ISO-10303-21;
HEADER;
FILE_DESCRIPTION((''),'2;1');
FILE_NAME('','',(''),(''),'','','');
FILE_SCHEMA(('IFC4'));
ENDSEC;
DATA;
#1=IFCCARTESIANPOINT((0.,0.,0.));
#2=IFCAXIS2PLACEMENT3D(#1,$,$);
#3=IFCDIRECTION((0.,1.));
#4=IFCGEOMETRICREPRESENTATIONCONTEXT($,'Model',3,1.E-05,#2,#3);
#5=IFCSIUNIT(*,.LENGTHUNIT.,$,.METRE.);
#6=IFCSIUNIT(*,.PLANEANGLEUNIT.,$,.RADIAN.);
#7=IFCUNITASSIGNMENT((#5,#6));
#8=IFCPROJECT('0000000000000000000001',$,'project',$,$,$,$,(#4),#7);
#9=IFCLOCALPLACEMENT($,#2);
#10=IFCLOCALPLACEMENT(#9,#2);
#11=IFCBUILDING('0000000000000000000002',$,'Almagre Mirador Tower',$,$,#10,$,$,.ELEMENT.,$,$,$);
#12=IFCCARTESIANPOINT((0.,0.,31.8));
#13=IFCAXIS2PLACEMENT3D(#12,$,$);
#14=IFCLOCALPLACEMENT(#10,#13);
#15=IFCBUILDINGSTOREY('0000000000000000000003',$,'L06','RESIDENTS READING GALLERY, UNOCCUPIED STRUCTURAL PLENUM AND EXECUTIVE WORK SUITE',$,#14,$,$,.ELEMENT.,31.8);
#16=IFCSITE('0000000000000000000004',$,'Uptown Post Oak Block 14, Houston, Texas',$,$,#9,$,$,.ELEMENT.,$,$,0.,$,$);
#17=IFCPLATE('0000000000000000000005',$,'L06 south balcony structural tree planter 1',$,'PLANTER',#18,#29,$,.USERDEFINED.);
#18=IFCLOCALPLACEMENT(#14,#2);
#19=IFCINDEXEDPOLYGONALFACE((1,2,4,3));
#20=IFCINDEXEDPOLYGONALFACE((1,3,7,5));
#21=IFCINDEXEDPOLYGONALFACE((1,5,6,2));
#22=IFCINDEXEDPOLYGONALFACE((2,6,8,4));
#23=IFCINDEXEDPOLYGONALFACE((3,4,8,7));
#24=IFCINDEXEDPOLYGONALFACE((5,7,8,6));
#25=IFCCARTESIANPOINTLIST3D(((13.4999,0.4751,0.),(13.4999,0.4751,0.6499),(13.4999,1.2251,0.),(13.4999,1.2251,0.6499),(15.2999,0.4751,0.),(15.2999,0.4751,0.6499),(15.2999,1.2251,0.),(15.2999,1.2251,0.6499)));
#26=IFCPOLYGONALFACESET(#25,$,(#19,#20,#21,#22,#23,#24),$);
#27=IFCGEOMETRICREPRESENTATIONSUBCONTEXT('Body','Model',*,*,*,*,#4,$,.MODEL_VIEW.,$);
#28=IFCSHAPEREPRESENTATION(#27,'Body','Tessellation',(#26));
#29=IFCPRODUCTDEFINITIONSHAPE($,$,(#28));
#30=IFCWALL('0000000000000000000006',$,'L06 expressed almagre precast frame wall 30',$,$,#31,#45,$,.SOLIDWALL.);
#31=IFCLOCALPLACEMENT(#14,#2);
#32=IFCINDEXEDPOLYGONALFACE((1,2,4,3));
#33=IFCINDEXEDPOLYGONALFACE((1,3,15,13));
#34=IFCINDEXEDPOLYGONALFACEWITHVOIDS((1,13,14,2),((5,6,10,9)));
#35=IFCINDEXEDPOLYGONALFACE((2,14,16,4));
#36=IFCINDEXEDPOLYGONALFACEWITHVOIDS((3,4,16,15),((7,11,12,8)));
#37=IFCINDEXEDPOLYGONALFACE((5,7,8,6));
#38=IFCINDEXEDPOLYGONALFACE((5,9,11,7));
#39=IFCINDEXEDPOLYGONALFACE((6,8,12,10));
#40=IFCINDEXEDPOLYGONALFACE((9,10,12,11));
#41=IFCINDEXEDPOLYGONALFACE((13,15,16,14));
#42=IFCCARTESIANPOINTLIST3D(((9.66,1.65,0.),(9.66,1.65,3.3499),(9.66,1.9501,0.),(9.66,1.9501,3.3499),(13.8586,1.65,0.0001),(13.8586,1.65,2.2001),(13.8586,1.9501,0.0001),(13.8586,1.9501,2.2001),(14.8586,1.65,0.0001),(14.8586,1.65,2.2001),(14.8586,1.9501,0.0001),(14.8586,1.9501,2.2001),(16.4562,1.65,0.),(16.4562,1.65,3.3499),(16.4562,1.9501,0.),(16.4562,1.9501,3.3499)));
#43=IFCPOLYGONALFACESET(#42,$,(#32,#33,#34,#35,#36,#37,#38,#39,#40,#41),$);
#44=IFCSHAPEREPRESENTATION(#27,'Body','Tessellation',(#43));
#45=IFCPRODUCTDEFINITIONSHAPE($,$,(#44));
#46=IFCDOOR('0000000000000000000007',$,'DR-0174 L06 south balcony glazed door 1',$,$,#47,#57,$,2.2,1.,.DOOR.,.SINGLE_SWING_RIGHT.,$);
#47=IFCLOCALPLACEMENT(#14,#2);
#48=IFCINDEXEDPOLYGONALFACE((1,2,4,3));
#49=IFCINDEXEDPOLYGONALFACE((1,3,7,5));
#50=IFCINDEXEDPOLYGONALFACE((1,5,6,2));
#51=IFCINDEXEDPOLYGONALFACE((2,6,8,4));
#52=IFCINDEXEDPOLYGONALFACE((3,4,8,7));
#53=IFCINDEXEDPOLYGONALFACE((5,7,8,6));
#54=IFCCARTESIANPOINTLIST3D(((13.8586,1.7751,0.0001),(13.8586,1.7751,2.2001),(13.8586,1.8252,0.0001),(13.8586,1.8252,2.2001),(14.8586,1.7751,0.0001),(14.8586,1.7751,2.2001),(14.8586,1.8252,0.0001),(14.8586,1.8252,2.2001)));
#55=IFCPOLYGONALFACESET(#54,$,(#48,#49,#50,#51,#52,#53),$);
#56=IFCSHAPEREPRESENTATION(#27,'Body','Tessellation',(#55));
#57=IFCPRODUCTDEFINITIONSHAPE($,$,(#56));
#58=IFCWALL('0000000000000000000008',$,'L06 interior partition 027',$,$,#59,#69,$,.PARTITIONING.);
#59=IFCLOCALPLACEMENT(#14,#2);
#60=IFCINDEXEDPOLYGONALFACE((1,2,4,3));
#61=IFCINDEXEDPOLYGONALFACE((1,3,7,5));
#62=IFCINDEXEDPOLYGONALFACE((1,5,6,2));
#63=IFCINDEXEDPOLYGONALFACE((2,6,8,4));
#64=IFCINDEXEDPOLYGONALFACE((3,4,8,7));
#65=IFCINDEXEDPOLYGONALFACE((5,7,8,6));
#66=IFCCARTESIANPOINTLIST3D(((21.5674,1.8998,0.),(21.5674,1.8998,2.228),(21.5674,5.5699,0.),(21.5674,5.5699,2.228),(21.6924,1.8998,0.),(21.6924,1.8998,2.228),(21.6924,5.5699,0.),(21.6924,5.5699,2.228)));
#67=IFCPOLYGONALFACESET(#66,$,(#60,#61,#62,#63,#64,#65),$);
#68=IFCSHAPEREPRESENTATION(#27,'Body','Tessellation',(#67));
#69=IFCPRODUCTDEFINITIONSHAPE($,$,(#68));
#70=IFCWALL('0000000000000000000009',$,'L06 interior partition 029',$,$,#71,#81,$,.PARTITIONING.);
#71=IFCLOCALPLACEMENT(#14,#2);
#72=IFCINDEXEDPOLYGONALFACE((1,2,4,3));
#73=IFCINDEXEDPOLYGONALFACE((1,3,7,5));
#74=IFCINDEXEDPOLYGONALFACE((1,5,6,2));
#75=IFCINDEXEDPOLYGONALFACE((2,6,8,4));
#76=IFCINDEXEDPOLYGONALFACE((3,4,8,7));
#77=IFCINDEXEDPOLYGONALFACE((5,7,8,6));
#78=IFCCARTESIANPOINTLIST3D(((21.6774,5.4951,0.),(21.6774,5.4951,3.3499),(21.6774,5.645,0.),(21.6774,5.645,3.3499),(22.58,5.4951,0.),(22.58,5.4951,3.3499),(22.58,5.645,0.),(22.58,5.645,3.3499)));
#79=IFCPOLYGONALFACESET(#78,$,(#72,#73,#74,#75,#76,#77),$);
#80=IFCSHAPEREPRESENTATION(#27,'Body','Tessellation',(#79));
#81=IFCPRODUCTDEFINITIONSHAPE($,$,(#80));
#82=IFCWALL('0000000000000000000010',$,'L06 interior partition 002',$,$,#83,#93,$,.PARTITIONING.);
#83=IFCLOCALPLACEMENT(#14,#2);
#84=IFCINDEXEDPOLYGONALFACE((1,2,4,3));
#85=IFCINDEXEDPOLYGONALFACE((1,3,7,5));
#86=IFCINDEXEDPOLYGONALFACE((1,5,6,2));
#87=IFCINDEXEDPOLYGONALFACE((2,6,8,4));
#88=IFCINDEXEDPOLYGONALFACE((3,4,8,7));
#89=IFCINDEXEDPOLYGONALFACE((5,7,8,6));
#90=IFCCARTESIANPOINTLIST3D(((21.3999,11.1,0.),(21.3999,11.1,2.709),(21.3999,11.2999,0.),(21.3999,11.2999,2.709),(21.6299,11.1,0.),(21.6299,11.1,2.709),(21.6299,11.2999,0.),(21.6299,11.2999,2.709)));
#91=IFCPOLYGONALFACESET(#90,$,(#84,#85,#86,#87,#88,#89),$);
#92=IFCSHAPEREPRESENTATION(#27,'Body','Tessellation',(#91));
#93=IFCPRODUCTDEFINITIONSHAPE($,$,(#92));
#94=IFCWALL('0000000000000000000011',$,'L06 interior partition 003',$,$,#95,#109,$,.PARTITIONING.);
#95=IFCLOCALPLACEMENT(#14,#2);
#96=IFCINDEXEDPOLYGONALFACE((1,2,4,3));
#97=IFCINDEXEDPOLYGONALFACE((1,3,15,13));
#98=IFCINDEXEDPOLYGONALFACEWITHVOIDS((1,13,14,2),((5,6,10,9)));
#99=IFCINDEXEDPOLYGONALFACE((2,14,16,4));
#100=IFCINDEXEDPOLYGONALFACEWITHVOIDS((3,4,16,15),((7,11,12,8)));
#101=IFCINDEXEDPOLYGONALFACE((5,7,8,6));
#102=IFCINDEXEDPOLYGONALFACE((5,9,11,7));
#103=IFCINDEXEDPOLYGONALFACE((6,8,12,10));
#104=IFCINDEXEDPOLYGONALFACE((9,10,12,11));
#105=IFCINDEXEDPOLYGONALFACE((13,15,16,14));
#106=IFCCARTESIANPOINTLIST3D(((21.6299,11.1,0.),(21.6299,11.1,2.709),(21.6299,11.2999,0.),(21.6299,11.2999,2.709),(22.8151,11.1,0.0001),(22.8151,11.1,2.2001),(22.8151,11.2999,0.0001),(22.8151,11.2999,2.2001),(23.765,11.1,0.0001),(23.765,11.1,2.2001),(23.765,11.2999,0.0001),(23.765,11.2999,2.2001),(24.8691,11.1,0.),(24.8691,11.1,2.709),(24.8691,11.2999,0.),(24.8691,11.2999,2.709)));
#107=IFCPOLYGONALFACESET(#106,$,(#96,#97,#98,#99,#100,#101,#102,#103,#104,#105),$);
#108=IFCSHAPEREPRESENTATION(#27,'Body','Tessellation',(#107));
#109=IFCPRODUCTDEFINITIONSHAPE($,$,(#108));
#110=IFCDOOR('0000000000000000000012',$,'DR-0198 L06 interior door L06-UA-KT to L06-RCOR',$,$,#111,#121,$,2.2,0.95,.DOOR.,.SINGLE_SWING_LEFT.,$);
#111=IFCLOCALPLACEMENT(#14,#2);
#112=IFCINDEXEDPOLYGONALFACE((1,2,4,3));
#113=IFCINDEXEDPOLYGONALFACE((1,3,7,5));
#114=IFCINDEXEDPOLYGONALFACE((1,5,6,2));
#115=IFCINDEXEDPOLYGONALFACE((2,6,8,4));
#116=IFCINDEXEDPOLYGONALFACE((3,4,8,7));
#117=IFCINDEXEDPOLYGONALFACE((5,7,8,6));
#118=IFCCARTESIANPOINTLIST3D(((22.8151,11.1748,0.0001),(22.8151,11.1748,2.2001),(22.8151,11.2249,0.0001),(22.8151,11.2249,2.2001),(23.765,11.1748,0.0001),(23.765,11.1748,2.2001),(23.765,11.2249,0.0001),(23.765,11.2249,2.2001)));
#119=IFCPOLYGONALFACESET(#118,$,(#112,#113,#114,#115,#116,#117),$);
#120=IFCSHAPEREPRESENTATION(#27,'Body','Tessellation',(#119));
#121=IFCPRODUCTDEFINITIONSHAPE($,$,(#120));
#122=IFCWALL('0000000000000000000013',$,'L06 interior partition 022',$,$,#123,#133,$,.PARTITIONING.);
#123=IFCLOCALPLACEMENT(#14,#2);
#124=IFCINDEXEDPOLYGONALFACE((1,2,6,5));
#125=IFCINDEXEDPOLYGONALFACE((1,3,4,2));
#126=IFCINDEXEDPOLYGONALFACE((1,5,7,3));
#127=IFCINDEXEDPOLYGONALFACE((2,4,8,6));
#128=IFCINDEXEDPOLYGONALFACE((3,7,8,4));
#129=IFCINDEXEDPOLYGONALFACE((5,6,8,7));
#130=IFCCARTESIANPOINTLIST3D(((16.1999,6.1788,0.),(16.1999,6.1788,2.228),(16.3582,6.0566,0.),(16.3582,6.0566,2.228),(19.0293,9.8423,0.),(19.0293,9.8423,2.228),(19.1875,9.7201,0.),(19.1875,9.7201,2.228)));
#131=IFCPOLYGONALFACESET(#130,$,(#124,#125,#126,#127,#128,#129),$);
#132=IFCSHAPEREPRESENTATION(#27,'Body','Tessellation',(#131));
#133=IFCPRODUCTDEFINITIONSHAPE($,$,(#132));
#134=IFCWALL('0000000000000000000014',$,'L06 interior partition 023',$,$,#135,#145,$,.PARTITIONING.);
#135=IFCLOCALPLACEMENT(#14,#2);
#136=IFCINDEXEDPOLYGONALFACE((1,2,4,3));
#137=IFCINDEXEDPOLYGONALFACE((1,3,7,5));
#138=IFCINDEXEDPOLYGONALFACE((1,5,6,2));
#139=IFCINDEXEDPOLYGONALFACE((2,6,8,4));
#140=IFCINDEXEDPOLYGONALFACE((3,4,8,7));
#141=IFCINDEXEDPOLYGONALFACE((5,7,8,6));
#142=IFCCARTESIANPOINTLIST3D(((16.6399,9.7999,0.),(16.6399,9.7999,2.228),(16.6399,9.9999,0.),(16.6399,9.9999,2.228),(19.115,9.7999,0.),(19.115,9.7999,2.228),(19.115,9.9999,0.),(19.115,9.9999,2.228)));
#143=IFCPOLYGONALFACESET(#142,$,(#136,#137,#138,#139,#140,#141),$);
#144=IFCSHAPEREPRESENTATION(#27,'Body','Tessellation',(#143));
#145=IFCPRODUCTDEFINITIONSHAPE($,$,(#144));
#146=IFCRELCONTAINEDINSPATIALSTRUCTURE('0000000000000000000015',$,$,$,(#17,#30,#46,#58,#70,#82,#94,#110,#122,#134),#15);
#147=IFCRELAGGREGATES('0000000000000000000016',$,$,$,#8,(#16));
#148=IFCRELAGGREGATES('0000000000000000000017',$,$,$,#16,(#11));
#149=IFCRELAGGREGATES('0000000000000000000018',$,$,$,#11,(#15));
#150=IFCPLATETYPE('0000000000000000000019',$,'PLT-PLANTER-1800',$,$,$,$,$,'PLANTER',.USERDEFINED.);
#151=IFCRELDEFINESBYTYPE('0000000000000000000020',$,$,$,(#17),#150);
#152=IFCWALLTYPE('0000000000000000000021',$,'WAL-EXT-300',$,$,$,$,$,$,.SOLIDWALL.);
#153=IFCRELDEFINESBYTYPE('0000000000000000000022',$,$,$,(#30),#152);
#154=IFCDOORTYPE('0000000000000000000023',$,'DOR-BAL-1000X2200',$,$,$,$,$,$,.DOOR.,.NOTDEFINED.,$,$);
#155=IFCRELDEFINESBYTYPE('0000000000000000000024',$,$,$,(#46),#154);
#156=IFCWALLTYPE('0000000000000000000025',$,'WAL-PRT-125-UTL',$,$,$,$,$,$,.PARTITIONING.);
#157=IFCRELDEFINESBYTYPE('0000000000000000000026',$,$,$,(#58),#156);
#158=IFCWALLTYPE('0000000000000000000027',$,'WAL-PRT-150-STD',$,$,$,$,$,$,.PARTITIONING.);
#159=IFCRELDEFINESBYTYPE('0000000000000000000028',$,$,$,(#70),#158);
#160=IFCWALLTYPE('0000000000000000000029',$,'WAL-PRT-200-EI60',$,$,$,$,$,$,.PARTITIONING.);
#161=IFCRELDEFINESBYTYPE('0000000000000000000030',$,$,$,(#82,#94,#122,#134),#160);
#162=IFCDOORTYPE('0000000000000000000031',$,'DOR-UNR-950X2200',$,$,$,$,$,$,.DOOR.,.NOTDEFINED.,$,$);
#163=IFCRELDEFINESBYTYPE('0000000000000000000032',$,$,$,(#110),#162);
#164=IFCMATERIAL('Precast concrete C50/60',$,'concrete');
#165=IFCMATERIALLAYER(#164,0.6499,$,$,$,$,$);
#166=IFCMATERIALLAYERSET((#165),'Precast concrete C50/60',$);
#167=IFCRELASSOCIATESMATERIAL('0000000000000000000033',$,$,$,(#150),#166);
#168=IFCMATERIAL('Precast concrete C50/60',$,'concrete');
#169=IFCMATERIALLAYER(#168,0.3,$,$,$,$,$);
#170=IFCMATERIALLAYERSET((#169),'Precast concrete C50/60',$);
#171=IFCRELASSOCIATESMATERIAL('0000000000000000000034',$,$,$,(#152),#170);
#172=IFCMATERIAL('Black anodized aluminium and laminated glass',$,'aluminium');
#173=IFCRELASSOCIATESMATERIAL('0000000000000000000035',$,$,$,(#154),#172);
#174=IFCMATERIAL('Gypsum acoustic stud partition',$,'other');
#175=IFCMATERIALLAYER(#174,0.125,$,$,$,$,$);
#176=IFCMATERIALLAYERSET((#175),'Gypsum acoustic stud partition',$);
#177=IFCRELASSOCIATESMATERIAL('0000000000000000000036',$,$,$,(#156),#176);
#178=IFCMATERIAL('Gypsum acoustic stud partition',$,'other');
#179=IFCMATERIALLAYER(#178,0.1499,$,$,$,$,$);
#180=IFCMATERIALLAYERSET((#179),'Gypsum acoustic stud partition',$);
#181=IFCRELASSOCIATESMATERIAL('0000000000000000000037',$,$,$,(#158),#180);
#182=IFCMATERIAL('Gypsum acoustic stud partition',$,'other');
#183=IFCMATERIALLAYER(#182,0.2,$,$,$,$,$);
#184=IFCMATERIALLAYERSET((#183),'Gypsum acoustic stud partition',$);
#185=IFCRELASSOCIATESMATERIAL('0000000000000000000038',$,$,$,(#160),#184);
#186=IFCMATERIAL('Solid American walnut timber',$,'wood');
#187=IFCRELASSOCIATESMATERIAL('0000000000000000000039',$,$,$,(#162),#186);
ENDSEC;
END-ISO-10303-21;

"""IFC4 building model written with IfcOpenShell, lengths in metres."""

from ifc_helpers import new_model, si_unit, direction, frame, frame_2d, origin, origin_2d, place, context, subcontext, project, spatial, rectangle, extrude, material, layer, layer_set, type_object, element, fill, save


model = new_model("IFC4")

# Units and contexts
model_context = context("Model", 3, precision=1e-05, world=origin(), true_north=direction((0.0, 1.0)))
body_context = subcontext(model_context, "Body", "Model", "MODEL_VIEW")
ifc_project = project(units=[si_unit("LENGTHUNIT", "METRE"), si_unit("PLANEANGLEUNIT", "RADIAN")], contexts=[model_context])

# Site, building, storey
site_placement = place(None, origin())
site = spatial("IfcSite", under=ifc_project, at=site_placement, Name="Uptown Post Oak Block 14, Houston, Texas", CompositionType="ELEMENT", RefElevation=0.0)
building_placement = place(site_placement, origin())
building = spatial("IfcBuilding", under=site, at=building_placement, Name="Almagre Mirador Tower", CompositionType="ELEMENT")
storey_placement = place(building_placement, frame((0.0, 0.0, 31.8)))
storey = spatial("IfcBuildingStorey", under=building, at=storey_placement, Name="L06", Description="RESIDENTS READING GALLERY, UNOCCUPIED STRUCTURAL PLENUM AND EXECUTIVE WORK SUITE", CompositionType="ELEMENT", Elevation=31.8)

# Plate
ifc_material_1 = material(Name="Precast concrete C50/60", Category="concrete")
ifc_layer_1 = layer(ifc_material_1, 0.6499)
ifc_layer_set_1 = layer_set([ifc_layer_1], Name="Precast concrete C50/60")
plate_type = type_object("IfcPlateType", Name="PLT-PLANTER-1800", ElementType="PLANTER", PredefinedType="USERDEFINED", material=ifc_layer_set_1)
plate_placement = place(storey_placement, frame((14.3999, 0.8501, 0.0), z_axis=(0.0, 0.0, 1.0), x_axis=(1.0, 0.0, 0.0)))
element("IfcPlate", 1, at=plate_placement, inside=storey, type_object=plate_type, Name="L06 south balcony structural tree planter 1", ObjectType="PLANTER", PredefinedType="USERDEFINED", context=body_context, shape_type="SweptSolid", body=[
    extrude(rectangle(XDim=1.8, YDim=0.75, at=origin_2d()), origin(), (0.0, 0.0, 1.0), 0.6499),
])

# Wall, opening, door
ifc_material_2 = material(Name="Precast concrete C50/60", Category="concrete")
ifc_layer_2 = layer(ifc_material_2, 0.3)
ifc_layer_set_2 = layer_set([ifc_layer_2], Name="Precast concrete C50/60")
wall_type_1 = type_object("IfcWallType", Name="WAL-EXT-300", PredefinedType="SOLIDWALL", material=ifc_layer_set_2)
wall_1_placement = place(storey_placement, frame((16.4561, 1.8, 0.0), z_axis=(0.0, 0.0, 1.0), x_axis=(-1.0, 0.0, 0.0)))
wall_1 = element("IfcWall", 2, at=wall_1_placement, inside=storey, type_object=wall_type_1, Name="L06 expressed almagre precast frame wall 30", PredefinedType="SOLIDWALL", context=body_context, shape_type="SweptSolid", body=[
    extrude(rectangle(XDim=6.7961, YDim=0.3, at=frame_2d((3.3979, 0.0))), origin(), (0.0, 0.0, 1.0), 3.3499),
])
opening_1_placement = place(wall_1_placement, frame((1.5974, 0.0, 0.0)))
opening_1 = element("IfcOpeningElement", 3, at=opening_1_placement, cuts=wall_1, PredefinedType="OPENING", context=body_context, shape_type="SweptSolid", body=[
    extrude(rectangle(XDim=1.0, YDim=2.2, at=frame_2d((0.5, 1.1001))), frame((0.0, 0.1599, 0.0), z_axis=(0.0, -1.0, 0.0), x_axis=(1.0, 0.0, 0.0)), (0.0, 0.0, 1.0), 0.32),
])
ifc_material_3 = material(Name="Black anodized aluminium and laminated glass", Category="aluminium")
door_type_1 = type_object("IfcDoorType", Name="DOR-BAL-1000X2200", OperationType="NOTDEFINED", PredefinedType="DOOR", material=ifc_material_3)
door_1_placement = place(opening_1_placement, origin())
door_1 = element("IfcDoor", 4, at=door_1_placement, inside=storey, type_object=door_type_1, Name="DR-0174 L06 south balcony glazed door 1", OperationType="SINGLE_SWING_RIGHT", OverallHeight=2.2, OverallWidth=1.0, PredefinedType="DOOR", context=body_context, shape_type="SweptSolid", body=[
    extrude(rectangle(XDim=1.0, YDim=2.2, at=frame_2d((0.5, 1.1001))), frame((0.0, 0.0249, 0.0), z_axis=(0.0, -1.0, 0.0), x_axis=(1.0, 0.0, 0.0)), (0.0, 0.0, 1.0), 0.05),
])
fill(opening_1, door_1)

# Walls
ifc_material_4 = material(Name="Gypsum acoustic stud partition", Category="other")
ifc_layer_3 = layer(ifc_material_4, 0.125)
ifc_layer_set_3 = layer_set([ifc_layer_3], Name="Gypsum acoustic stud partition")
wall_type_2 = type_object("IfcWallType", Name="WAL-PRT-125-UTL", PredefinedType="PARTITIONING", material=ifc_layer_set_3)
wall_2_placement = place(storey_placement, frame((21.6299, 1.8999, 0.0), z_axis=(0.0, 0.0, 1.0), x_axis=(0.0, 1.0, 0.0)))
element("IfcWall", 5, at=wall_2_placement, inside=storey, type_object=wall_type_2, Name="L06 interior partition 027", PredefinedType="PARTITIONING", context=body_context, shape_type="SweptSolid", body=[
    extrude(rectangle(XDim=3.6702, YDim=0.125, at=frame_2d((1.835, 0.0))), origin(), (0.0, 0.0, 1.0), 2.228),
])
ifc_material_5 = material(Name="Gypsum acoustic stud partition", Category="other")
ifc_layer_4 = layer(ifc_material_5, 0.1499)
ifc_layer_set_4 = layer_set([ifc_layer_4], Name="Gypsum acoustic stud partition")
wall_type_3 = type_object("IfcWallType", Name="WAL-PRT-150-STD", PredefinedType="PARTITIONING", material=ifc_layer_set_4)
wall_3_placement = place(storey_placement, frame((21.6775, 5.5701, 0.0), z_axis=(0.0, 0.0, 1.0), x_axis=(1.0, 0.0, 0.0)))
element("IfcWall", 6, at=wall_3_placement, inside=storey, type_object=wall_type_3, Name="L06 interior partition 029", PredefinedType="PARTITIONING", context=body_context, shape_type="SweptSolid", body=[
    extrude(rectangle(XDim=0.9026, YDim=0.1499, at=frame_2d((0.4512, 0.0))), origin(), (0.0, 0.0, 1.0), 3.3499),
])
ifc_material_6 = material(Name="Gypsum acoustic stud partition", Category="other")
ifc_layer_5 = layer(ifc_material_6, 0.2)
ifc_layer_set_5 = layer_set([ifc_layer_5], Name="Gypsum acoustic stud partition")
wall_type_4 = type_object("IfcWallType", Name="WAL-PRT-200-EI60", PredefinedType="PARTITIONING", material=ifc_layer_set_5)
wall_4_placement = place(storey_placement, frame((21.3999, 11.2, 0.0), z_axis=(0.0, 0.0, 1.0), x_axis=(1.0, 0.0, 0.0)))
element("IfcWall", 7, at=wall_4_placement, inside=storey, type_object=wall_type_4, Name="L06 interior partition 002", PredefinedType="PARTITIONING", context=body_context, shape_type="SweptSolid", body=[
    extrude(rectangle(XDim=0.23, YDim=0.2, at=frame_2d((0.115, 0.0))), origin(), (0.0, 0.0, 1.0), 2.709),
])

# Wall, opening, door
wall_5_placement = place(storey_placement, frame((21.6299, 11.2, 0.0), z_axis=(0.0, 0.0, 1.0), x_axis=(1.0, 0.0, 0.0)))
wall_5 = element("IfcWall", 8, at=wall_5_placement, inside=storey, type_object=wall_type_4, Name="L06 interior partition 003", PredefinedType="PARTITIONING", context=body_context, shape_type="SweptSolid", body=[
    extrude(rectangle(XDim=3.2393, YDim=0.2, at=frame_2d((1.6196, 0.0))), origin(), (0.0, 0.0, 1.0), 2.709),
])
opening_2_placement = place(wall_5_placement, frame((1.1851, 0.0, 0.0)))
opening_2 = element("IfcOpeningElement", 9, at=opening_2_placement, cuts=wall_5, PredefinedType="OPENING", context=body_context, shape_type="SweptSolid", body=[
    extrude(rectangle(XDim=0.95, YDim=2.2, at=frame_2d((0.4751, 1.1001))), frame((0.0, 0.1101, 0.0), z_axis=(0.0, -1.0, 0.0), x_axis=(1.0, 0.0, 0.0)), (0.0, 0.0, 1.0), 0.22),
])
ifc_material_7 = material(Name="Solid American walnut timber", Category="wood")
door_type_2 = type_object("IfcDoorType", Name="DOR-UNR-950X2200", OperationType="NOTDEFINED", PredefinedType="DOOR", material=ifc_material_7)
door_2_placement = place(opening_2_placement, origin())
door_2 = element("IfcDoor", 10, at=door_2_placement, inside=storey, type_object=door_type_2, Name="DR-0198 L06 interior door L06-UA-KT to L06-RCOR", OperationType="SINGLE_SWING_LEFT", OverallHeight=2.2, OverallWidth=0.95, PredefinedType="DOOR", context=body_context, shape_type="SweptSolid", body=[
    extrude(rectangle(XDim=0.95, YDim=2.2, at=frame_2d((0.4751, 1.1001))), frame((0.0, 0.0249, 0.0), z_axis=(0.0, -1.0, 0.0), x_axis=(1.0, 0.0, 0.0)), (0.0, 0.0, 1.0), 0.05),
])
fill(opening_2, door_2)

# Walls
wall_6_placement = place(storey_placement, frame((16.2791, 6.1177, 0.0), z_axis=(0.0, 0.0, 1.0), x_axis=(0.611231, 0.791452, 0.0)))
element("IfcWall", 11, at=wall_6_placement, inside=storey, type_object=wall_type_4, Name="L06 interior partition 022", PredefinedType="PARTITIONING", context=body_context, shape_type="SweptSolid", body=[
    extrude(rectangle(XDim=4.6289, YDim=0.2, at=frame_2d((2.3145, 0.0))), origin(), (0.0, 0.0, 1.0), 2.228),
])
wall_7_placement = place(storey_placement, frame((19.115, 9.8999, 0.0), z_axis=(0.0, 0.0, 1.0), x_axis=(-1.0, 0.0, 0.0)))
element("IfcWall", 12, at=wall_7_placement, inside=storey, type_object=wall_type_4, Name="L06 interior partition 023", PredefinedType="PARTITIONING", context=body_context, shape_type="SweptSolid", body=[
    extrude(rectangle(XDim=2.4751, YDim=0.2, at=frame_2d((1.2375, 0.0))), origin(), (0.0, 0.0, 1.0), 2.228),
])

save(model, "model.ifc")
